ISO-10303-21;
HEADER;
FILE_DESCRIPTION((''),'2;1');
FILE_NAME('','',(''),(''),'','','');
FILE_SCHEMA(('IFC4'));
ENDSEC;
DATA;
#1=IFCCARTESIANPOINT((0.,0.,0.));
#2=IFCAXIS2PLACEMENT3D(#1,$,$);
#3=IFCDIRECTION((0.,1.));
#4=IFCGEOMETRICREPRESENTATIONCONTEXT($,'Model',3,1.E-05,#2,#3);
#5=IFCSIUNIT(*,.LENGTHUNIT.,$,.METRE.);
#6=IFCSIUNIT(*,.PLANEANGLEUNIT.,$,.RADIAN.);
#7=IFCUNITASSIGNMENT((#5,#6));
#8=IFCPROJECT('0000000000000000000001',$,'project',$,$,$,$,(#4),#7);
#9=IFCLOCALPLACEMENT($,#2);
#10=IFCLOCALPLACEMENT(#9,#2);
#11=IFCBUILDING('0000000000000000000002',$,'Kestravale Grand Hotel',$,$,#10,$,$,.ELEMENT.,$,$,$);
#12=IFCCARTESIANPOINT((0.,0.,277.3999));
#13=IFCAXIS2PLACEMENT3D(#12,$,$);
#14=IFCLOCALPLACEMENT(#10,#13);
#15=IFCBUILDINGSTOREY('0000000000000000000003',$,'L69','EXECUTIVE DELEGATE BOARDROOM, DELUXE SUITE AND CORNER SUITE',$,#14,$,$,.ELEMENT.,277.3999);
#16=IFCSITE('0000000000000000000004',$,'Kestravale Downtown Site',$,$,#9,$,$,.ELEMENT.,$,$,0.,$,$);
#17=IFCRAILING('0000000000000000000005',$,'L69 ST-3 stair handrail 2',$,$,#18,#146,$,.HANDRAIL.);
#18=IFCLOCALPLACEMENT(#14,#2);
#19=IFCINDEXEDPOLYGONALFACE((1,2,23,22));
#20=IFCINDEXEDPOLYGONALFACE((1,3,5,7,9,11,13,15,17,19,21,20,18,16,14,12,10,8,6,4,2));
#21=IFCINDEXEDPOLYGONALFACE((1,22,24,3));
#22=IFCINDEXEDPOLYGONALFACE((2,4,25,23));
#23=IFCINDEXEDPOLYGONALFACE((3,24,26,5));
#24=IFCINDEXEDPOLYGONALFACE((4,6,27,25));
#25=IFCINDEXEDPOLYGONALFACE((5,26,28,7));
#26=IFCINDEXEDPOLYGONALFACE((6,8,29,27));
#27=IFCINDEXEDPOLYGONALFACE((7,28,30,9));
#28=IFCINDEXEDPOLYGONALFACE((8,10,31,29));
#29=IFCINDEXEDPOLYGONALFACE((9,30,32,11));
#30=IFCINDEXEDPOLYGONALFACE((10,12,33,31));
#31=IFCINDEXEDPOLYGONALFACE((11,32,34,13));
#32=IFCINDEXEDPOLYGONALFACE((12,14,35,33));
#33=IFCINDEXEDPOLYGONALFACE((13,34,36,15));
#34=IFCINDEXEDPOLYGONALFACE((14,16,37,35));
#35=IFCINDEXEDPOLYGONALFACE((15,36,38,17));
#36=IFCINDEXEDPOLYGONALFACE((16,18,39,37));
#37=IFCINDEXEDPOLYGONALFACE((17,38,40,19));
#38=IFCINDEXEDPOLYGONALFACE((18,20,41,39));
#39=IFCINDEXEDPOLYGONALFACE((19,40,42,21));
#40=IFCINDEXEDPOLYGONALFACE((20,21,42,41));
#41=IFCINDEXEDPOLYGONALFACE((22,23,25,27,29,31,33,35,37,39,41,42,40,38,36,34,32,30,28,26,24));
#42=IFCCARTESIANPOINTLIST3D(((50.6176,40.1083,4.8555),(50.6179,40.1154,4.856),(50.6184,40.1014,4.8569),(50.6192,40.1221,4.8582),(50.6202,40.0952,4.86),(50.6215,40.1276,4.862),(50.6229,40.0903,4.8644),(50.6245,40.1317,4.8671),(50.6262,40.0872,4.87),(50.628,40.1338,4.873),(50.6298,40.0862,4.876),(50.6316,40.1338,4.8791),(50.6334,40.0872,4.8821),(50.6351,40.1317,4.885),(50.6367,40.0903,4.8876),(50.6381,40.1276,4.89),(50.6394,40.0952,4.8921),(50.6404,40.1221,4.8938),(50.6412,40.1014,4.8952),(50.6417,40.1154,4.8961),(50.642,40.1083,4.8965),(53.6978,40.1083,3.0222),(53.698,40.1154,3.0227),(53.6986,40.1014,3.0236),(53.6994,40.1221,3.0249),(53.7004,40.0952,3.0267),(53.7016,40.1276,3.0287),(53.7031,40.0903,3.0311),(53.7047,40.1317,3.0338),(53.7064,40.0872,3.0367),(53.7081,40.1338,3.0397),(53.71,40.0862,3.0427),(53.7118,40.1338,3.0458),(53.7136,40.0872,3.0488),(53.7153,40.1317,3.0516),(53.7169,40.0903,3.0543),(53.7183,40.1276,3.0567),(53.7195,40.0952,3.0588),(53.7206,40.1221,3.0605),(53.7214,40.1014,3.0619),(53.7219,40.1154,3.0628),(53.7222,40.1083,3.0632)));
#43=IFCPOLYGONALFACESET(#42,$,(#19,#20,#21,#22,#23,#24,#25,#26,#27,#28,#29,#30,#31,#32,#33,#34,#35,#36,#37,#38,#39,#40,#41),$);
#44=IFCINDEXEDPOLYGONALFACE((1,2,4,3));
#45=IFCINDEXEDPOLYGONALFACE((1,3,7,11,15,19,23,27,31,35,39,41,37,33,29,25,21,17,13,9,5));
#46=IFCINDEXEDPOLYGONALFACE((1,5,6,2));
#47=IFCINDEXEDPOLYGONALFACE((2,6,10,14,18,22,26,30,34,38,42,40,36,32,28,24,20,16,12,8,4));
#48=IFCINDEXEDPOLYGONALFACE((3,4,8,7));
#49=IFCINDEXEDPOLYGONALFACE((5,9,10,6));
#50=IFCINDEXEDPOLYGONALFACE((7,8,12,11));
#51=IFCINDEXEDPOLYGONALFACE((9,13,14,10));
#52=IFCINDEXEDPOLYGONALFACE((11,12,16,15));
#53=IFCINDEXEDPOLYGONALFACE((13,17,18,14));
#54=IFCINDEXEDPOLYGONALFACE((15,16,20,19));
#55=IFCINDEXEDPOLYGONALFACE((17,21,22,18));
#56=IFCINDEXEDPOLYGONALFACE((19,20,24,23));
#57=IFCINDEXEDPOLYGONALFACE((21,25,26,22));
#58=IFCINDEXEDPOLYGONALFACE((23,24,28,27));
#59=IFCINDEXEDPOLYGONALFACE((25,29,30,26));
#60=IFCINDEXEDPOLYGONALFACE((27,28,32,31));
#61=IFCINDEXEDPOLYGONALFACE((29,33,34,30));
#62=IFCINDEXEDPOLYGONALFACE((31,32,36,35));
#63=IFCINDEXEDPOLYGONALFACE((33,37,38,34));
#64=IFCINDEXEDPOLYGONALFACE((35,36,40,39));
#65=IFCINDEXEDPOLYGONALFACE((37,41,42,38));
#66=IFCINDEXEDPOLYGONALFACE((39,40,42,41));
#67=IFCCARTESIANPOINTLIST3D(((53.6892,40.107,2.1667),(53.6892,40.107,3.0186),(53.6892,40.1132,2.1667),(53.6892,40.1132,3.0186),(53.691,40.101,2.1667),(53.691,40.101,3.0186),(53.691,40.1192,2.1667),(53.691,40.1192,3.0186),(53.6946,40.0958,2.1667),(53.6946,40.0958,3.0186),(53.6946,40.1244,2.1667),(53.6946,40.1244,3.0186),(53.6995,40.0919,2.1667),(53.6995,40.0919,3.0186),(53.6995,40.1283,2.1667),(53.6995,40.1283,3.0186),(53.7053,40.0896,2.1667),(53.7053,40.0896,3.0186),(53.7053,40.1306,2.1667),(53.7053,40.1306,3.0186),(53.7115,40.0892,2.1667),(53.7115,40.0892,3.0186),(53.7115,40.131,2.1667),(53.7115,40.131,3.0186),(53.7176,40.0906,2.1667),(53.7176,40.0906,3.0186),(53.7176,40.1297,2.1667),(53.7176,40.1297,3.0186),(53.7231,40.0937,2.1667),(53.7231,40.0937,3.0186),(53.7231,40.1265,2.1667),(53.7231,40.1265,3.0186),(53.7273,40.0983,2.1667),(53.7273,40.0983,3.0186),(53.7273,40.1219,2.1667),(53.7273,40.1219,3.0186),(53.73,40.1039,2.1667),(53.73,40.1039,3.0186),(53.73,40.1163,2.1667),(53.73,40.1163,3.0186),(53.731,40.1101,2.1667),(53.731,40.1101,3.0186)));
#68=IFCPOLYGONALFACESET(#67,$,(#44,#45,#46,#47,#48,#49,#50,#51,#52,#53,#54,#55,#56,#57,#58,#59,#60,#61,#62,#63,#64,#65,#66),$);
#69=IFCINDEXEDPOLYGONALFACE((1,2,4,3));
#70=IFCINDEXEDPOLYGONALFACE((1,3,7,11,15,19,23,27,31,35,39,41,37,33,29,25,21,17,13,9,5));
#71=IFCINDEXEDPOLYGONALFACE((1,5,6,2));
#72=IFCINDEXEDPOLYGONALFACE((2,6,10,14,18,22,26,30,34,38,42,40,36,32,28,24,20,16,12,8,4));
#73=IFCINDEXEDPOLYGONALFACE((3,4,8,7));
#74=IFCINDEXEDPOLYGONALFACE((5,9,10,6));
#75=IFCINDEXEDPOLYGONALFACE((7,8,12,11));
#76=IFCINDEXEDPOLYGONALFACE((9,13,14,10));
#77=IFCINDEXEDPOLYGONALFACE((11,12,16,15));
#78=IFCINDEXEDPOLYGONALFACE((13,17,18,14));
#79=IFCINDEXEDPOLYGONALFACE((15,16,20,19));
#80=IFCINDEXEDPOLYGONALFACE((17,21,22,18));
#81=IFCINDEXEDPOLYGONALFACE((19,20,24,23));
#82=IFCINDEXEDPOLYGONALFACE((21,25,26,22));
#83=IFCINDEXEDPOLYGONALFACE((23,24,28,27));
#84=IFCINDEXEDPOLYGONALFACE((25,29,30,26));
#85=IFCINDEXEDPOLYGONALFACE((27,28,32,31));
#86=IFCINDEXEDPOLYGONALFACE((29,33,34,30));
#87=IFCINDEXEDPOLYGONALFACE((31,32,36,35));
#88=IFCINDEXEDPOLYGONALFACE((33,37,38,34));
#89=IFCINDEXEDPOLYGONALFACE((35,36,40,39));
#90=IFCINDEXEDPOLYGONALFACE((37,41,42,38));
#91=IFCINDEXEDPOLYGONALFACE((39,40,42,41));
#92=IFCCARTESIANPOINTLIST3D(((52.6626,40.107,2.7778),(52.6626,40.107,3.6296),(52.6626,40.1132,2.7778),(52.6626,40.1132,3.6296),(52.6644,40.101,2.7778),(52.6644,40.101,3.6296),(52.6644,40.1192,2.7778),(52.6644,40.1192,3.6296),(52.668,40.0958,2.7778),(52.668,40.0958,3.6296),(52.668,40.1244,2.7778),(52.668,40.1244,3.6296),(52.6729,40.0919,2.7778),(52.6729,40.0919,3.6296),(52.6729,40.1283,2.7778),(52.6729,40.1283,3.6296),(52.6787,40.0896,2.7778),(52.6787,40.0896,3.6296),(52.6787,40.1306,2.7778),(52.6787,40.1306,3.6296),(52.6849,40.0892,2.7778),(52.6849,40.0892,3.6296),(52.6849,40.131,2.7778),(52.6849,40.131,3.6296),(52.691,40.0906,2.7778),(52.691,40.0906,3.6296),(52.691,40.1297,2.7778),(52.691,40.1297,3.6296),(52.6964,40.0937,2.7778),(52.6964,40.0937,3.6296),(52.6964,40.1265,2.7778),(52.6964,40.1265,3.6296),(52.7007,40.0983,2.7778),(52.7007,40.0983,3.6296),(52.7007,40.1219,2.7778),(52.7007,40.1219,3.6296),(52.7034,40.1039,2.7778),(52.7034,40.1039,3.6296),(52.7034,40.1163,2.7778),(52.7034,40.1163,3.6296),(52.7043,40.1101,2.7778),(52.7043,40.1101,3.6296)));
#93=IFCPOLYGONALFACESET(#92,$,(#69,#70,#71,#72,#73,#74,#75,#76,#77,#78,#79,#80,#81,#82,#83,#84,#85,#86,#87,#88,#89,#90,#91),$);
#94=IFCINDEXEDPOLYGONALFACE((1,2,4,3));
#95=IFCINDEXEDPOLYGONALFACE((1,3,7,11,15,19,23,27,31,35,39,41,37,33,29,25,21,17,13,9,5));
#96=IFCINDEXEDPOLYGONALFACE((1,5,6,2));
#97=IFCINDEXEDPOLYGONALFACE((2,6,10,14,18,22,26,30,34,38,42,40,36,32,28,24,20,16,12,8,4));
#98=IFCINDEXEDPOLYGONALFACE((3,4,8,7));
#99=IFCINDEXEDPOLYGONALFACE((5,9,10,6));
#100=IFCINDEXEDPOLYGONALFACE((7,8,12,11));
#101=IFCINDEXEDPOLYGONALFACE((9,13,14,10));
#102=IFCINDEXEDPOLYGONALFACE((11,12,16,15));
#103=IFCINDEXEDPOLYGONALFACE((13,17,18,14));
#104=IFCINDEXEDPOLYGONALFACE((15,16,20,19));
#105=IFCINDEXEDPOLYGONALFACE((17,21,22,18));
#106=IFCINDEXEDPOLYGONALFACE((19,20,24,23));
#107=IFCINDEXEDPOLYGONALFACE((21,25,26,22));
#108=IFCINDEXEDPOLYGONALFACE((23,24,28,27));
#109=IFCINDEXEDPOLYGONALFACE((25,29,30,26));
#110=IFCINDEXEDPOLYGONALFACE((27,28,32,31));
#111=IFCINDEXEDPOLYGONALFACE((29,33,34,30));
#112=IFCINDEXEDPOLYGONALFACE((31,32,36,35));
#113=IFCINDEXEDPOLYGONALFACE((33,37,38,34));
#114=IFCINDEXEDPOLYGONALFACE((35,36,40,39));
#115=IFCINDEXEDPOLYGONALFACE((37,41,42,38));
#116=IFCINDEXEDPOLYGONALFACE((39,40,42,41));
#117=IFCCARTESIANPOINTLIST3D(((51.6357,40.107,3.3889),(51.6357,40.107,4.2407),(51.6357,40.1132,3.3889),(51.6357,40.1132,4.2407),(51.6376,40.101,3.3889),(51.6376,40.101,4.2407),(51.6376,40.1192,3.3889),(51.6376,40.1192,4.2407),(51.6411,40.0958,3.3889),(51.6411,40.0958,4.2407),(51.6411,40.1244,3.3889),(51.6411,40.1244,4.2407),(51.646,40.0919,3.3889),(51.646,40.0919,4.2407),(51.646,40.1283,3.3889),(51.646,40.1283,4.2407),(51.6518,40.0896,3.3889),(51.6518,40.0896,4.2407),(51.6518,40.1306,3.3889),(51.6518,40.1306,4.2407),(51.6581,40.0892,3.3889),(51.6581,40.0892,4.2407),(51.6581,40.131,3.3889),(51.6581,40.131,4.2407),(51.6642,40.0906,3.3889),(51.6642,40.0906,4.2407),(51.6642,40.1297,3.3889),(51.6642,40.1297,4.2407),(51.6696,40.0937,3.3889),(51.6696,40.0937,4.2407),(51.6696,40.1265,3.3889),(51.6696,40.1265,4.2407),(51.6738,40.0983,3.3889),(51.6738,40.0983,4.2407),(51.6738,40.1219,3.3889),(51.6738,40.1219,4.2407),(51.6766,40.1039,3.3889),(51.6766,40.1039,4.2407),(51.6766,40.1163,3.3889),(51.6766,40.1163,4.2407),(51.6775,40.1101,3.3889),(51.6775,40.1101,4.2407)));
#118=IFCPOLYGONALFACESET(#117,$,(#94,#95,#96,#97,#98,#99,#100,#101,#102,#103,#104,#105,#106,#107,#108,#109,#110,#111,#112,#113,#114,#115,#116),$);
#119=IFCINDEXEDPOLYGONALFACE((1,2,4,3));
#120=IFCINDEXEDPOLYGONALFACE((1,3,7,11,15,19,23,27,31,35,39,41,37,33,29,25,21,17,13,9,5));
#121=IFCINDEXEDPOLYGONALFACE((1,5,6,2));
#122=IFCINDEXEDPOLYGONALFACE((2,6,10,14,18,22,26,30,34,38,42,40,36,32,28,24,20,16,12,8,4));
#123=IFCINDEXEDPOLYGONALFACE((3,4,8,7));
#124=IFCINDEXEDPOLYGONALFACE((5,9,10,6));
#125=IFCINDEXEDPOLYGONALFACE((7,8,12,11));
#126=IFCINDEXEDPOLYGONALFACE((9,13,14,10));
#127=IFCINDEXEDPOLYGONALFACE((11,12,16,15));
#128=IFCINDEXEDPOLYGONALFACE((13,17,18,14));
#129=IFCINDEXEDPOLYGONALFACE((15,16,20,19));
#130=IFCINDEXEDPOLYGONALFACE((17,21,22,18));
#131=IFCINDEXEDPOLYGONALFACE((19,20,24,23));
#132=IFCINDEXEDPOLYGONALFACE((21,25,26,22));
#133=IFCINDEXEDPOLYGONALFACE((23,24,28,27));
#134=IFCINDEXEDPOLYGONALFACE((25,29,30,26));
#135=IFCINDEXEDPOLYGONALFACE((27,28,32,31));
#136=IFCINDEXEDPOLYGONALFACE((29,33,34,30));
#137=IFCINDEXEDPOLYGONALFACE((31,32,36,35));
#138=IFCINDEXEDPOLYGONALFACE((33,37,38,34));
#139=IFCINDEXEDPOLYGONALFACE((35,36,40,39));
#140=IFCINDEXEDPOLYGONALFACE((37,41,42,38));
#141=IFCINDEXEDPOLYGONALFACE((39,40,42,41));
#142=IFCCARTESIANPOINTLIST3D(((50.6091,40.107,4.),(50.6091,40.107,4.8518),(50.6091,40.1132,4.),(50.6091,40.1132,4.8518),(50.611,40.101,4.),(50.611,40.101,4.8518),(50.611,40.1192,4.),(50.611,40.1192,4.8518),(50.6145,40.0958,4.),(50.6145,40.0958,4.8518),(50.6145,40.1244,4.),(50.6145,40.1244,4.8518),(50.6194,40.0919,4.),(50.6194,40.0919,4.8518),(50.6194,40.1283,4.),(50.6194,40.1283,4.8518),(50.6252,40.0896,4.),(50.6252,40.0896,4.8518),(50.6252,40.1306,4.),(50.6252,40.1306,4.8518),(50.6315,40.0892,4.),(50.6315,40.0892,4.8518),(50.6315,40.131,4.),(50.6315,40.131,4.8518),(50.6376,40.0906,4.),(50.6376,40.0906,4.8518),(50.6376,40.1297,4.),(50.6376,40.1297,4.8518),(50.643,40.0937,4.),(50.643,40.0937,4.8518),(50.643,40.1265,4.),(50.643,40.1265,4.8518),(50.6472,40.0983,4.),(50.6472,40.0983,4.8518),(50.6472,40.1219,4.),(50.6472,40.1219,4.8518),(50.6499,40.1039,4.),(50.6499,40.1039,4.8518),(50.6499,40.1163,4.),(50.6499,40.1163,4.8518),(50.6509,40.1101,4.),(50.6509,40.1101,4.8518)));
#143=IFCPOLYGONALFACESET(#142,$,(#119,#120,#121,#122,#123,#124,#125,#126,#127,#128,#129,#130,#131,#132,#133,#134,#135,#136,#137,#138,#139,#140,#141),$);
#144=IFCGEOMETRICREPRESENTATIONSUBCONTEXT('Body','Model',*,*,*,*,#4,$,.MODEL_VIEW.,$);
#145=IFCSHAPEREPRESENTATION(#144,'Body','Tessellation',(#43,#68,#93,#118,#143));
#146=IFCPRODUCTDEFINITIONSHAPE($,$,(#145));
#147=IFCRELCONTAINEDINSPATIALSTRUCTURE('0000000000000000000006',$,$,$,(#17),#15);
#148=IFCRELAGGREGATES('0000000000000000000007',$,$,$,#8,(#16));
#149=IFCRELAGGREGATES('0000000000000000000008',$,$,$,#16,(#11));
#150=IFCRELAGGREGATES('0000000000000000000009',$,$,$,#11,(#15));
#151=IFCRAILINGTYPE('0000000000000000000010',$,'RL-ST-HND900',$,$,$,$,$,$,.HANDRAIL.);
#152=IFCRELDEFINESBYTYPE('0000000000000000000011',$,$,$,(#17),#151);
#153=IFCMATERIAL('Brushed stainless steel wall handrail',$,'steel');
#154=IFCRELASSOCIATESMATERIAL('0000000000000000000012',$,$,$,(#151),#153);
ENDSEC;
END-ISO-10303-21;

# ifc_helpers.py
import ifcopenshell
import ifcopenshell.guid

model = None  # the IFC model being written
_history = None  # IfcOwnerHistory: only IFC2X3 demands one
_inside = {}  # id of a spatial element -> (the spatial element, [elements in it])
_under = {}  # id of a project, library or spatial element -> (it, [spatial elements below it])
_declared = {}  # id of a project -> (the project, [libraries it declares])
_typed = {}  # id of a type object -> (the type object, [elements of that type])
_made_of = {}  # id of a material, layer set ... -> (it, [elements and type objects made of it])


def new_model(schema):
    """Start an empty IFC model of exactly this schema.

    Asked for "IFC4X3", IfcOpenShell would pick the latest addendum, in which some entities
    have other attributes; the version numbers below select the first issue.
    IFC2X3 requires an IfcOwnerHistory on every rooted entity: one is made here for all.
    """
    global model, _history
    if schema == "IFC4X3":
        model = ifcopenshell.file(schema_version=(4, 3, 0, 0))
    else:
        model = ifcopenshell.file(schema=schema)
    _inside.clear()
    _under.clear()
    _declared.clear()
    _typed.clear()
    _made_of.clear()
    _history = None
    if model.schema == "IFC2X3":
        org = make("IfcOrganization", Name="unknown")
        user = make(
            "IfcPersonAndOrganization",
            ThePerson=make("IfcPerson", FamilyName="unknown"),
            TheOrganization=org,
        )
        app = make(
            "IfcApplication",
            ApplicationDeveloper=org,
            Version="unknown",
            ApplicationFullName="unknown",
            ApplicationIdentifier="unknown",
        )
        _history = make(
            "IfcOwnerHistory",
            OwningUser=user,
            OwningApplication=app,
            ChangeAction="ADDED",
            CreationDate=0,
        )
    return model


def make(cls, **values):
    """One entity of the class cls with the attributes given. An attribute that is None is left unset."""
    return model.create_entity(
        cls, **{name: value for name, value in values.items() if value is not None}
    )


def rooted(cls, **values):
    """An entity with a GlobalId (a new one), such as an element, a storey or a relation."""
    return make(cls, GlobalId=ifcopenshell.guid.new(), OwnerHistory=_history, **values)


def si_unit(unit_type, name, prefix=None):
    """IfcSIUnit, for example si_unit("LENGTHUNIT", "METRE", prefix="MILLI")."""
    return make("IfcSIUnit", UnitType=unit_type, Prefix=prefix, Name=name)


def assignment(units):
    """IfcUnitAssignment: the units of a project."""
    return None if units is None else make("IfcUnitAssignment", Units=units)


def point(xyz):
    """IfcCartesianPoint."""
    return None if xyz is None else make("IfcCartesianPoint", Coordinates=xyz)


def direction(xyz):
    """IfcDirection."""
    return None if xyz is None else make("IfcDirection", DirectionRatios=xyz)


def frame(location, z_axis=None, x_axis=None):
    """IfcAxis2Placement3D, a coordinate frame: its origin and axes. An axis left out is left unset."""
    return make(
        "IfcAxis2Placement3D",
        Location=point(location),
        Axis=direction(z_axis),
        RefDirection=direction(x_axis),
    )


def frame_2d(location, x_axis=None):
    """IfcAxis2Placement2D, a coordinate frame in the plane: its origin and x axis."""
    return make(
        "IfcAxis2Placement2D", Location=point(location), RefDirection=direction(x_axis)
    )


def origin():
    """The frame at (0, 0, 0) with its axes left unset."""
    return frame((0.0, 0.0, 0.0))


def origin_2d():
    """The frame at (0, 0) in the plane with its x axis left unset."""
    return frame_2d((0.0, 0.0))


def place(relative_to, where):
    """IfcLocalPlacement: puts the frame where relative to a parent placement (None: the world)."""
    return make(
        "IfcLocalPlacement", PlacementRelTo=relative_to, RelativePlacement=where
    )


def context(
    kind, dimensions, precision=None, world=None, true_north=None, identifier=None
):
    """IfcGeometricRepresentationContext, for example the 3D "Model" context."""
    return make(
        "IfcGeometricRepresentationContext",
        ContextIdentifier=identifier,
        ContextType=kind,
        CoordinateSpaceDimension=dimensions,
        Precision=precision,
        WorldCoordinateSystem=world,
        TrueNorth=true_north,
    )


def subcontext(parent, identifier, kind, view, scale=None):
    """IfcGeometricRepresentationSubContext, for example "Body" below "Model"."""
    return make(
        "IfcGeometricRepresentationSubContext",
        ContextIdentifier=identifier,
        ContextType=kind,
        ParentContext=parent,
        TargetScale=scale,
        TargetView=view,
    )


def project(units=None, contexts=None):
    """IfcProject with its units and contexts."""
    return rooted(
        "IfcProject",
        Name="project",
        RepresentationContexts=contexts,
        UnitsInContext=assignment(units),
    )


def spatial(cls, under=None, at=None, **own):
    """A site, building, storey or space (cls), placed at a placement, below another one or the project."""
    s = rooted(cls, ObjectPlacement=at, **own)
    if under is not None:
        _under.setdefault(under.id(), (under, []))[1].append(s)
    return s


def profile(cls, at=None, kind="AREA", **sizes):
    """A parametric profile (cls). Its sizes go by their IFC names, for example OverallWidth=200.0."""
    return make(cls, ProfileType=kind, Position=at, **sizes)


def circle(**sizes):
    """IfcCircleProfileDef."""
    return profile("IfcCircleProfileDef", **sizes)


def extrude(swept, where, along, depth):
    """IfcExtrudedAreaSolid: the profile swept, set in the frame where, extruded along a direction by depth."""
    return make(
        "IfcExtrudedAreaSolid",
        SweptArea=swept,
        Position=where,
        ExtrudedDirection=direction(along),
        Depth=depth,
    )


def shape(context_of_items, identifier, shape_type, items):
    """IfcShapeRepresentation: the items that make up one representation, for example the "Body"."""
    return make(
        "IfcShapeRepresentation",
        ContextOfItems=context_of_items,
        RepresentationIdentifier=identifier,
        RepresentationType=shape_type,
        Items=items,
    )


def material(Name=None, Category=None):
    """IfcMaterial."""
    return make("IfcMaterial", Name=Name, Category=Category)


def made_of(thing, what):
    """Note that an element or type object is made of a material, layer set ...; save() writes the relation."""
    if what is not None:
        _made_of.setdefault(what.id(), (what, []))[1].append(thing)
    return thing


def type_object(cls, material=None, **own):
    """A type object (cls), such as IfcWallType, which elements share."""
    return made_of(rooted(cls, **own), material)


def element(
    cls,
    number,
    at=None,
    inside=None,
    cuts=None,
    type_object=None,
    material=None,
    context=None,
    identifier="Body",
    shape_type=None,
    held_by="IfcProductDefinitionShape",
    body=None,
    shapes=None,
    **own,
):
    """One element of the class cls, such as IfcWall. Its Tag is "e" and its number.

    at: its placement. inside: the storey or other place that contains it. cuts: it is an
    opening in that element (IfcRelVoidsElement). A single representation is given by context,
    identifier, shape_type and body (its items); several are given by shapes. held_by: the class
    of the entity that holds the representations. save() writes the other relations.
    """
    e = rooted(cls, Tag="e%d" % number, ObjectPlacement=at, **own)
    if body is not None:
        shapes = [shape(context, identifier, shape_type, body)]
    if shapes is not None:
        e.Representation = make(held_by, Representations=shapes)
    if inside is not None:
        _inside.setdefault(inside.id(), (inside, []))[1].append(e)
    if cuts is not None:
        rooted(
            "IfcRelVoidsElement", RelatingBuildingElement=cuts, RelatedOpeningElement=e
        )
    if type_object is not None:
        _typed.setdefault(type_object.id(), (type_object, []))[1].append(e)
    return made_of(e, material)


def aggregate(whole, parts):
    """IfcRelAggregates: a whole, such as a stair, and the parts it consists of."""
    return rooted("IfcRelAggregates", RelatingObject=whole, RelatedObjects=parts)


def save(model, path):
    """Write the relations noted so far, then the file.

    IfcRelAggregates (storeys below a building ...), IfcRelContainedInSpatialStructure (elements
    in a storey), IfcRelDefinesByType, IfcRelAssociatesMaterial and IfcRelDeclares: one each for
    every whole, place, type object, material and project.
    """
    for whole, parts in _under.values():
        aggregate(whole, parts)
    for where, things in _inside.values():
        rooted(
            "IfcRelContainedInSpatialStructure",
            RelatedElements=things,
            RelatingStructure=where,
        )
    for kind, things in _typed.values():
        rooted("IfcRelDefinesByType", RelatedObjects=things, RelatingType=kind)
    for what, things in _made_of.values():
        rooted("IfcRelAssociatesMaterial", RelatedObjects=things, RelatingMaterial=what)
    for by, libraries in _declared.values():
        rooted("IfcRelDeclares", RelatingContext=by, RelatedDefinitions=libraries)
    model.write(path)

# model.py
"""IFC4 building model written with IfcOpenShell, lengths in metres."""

from ifc_helpers import new_model, si_unit, direction, frame, origin, origin_2d, place, context, subcontext, project, spatial, circle, extrude, material, type_object, element, save


model = new_model("IFC4")

# Units and contexts
model_context = context("Model", 3, precision=1e-05, world=origin(), true_north=direction((0.0, 1.0)))
body_context = subcontext(model_context, "Body", "Model", "MODEL_VIEW")
ifc_project = project(units=[si_unit("LENGTHUNIT", "METRE"), si_unit("PLANEANGLEUNIT", "RADIAN")], contexts=[model_context])

# Site, building, storey
site_placement = place(None, origin())
site = spatial("IfcSite", under=ifc_project, at=site_placement, Name="Kestravale Downtown Site", CompositionType="ELEMENT", RefElevation=0.0)
building_placement = place(site_placement, origin())
building = spatial("IfcBuilding", under=site, at=building_placement, Name="Kestravale Grand Hotel", CompositionType="ELEMENT")
storey_placement = place(building_placement, frame((0.0, 0.0, 277.3999)))
storey = spatial("IfcBuildingStorey", under=building, at=storey_placement, Name="L69", Description="EXECUTIVE DELEGATE BOARDROOM, DELUXE SUITE AND CORNER SUITE", CompositionType="ELEMENT", Elevation=277.3999)

# Railing
ifc_material_1 = material(Name="Brushed stainless steel wall handrail", Category="steel")
railing_type_1 = type_object("IfcRailingType", Name="RL-ST-HND900", PredefinedType="HANDRAIL", material=ifc_material_1)
railing_1_placement = place(storey_placement, frame((53.71, 40.1101, 2.1667)))
element("IfcRailing", 1, at=railing_1_placement, inside=storey, type_object=railing_type_1, Name="L69 ST-3 stair handrail 2", PredefinedType="HANDRAIL", context=body_context, shape_type="SweptSolid", body=[
    extrude(circle(Radius=0.0239, at=origin_2d()), frame((0.0, 0.0, 0.876), z_axis=(-0.859309, 0.0, 0.511458), x_axis=(0.0, -1.0, 0.0)), (0.0, 0.0, 1.0), 3.5845),
    extrude(circle(Radius=0.021, at=origin_2d()), origin(), (0.0, 0.0, 1.0), 0.8518),
    extrude(circle(Radius=0.021, at=origin_2d()), frame((-1.0266, 0.0, 0.6111)), (0.0, 0.0, 1.0), 0.8518),
    extrude(circle(Radius=0.021, at=origin_2d()), frame((-2.0535, 0.0, 1.2222)), (0.0, 0.0, 1.0), 0.8518),
    extrude(circle(Radius=0.021, at=origin_2d()), frame((-3.0801, 0.0, 1.8333)), (0.0, 0.0, 1.0), 0.8518),
])

save(model, "model.ifc")
